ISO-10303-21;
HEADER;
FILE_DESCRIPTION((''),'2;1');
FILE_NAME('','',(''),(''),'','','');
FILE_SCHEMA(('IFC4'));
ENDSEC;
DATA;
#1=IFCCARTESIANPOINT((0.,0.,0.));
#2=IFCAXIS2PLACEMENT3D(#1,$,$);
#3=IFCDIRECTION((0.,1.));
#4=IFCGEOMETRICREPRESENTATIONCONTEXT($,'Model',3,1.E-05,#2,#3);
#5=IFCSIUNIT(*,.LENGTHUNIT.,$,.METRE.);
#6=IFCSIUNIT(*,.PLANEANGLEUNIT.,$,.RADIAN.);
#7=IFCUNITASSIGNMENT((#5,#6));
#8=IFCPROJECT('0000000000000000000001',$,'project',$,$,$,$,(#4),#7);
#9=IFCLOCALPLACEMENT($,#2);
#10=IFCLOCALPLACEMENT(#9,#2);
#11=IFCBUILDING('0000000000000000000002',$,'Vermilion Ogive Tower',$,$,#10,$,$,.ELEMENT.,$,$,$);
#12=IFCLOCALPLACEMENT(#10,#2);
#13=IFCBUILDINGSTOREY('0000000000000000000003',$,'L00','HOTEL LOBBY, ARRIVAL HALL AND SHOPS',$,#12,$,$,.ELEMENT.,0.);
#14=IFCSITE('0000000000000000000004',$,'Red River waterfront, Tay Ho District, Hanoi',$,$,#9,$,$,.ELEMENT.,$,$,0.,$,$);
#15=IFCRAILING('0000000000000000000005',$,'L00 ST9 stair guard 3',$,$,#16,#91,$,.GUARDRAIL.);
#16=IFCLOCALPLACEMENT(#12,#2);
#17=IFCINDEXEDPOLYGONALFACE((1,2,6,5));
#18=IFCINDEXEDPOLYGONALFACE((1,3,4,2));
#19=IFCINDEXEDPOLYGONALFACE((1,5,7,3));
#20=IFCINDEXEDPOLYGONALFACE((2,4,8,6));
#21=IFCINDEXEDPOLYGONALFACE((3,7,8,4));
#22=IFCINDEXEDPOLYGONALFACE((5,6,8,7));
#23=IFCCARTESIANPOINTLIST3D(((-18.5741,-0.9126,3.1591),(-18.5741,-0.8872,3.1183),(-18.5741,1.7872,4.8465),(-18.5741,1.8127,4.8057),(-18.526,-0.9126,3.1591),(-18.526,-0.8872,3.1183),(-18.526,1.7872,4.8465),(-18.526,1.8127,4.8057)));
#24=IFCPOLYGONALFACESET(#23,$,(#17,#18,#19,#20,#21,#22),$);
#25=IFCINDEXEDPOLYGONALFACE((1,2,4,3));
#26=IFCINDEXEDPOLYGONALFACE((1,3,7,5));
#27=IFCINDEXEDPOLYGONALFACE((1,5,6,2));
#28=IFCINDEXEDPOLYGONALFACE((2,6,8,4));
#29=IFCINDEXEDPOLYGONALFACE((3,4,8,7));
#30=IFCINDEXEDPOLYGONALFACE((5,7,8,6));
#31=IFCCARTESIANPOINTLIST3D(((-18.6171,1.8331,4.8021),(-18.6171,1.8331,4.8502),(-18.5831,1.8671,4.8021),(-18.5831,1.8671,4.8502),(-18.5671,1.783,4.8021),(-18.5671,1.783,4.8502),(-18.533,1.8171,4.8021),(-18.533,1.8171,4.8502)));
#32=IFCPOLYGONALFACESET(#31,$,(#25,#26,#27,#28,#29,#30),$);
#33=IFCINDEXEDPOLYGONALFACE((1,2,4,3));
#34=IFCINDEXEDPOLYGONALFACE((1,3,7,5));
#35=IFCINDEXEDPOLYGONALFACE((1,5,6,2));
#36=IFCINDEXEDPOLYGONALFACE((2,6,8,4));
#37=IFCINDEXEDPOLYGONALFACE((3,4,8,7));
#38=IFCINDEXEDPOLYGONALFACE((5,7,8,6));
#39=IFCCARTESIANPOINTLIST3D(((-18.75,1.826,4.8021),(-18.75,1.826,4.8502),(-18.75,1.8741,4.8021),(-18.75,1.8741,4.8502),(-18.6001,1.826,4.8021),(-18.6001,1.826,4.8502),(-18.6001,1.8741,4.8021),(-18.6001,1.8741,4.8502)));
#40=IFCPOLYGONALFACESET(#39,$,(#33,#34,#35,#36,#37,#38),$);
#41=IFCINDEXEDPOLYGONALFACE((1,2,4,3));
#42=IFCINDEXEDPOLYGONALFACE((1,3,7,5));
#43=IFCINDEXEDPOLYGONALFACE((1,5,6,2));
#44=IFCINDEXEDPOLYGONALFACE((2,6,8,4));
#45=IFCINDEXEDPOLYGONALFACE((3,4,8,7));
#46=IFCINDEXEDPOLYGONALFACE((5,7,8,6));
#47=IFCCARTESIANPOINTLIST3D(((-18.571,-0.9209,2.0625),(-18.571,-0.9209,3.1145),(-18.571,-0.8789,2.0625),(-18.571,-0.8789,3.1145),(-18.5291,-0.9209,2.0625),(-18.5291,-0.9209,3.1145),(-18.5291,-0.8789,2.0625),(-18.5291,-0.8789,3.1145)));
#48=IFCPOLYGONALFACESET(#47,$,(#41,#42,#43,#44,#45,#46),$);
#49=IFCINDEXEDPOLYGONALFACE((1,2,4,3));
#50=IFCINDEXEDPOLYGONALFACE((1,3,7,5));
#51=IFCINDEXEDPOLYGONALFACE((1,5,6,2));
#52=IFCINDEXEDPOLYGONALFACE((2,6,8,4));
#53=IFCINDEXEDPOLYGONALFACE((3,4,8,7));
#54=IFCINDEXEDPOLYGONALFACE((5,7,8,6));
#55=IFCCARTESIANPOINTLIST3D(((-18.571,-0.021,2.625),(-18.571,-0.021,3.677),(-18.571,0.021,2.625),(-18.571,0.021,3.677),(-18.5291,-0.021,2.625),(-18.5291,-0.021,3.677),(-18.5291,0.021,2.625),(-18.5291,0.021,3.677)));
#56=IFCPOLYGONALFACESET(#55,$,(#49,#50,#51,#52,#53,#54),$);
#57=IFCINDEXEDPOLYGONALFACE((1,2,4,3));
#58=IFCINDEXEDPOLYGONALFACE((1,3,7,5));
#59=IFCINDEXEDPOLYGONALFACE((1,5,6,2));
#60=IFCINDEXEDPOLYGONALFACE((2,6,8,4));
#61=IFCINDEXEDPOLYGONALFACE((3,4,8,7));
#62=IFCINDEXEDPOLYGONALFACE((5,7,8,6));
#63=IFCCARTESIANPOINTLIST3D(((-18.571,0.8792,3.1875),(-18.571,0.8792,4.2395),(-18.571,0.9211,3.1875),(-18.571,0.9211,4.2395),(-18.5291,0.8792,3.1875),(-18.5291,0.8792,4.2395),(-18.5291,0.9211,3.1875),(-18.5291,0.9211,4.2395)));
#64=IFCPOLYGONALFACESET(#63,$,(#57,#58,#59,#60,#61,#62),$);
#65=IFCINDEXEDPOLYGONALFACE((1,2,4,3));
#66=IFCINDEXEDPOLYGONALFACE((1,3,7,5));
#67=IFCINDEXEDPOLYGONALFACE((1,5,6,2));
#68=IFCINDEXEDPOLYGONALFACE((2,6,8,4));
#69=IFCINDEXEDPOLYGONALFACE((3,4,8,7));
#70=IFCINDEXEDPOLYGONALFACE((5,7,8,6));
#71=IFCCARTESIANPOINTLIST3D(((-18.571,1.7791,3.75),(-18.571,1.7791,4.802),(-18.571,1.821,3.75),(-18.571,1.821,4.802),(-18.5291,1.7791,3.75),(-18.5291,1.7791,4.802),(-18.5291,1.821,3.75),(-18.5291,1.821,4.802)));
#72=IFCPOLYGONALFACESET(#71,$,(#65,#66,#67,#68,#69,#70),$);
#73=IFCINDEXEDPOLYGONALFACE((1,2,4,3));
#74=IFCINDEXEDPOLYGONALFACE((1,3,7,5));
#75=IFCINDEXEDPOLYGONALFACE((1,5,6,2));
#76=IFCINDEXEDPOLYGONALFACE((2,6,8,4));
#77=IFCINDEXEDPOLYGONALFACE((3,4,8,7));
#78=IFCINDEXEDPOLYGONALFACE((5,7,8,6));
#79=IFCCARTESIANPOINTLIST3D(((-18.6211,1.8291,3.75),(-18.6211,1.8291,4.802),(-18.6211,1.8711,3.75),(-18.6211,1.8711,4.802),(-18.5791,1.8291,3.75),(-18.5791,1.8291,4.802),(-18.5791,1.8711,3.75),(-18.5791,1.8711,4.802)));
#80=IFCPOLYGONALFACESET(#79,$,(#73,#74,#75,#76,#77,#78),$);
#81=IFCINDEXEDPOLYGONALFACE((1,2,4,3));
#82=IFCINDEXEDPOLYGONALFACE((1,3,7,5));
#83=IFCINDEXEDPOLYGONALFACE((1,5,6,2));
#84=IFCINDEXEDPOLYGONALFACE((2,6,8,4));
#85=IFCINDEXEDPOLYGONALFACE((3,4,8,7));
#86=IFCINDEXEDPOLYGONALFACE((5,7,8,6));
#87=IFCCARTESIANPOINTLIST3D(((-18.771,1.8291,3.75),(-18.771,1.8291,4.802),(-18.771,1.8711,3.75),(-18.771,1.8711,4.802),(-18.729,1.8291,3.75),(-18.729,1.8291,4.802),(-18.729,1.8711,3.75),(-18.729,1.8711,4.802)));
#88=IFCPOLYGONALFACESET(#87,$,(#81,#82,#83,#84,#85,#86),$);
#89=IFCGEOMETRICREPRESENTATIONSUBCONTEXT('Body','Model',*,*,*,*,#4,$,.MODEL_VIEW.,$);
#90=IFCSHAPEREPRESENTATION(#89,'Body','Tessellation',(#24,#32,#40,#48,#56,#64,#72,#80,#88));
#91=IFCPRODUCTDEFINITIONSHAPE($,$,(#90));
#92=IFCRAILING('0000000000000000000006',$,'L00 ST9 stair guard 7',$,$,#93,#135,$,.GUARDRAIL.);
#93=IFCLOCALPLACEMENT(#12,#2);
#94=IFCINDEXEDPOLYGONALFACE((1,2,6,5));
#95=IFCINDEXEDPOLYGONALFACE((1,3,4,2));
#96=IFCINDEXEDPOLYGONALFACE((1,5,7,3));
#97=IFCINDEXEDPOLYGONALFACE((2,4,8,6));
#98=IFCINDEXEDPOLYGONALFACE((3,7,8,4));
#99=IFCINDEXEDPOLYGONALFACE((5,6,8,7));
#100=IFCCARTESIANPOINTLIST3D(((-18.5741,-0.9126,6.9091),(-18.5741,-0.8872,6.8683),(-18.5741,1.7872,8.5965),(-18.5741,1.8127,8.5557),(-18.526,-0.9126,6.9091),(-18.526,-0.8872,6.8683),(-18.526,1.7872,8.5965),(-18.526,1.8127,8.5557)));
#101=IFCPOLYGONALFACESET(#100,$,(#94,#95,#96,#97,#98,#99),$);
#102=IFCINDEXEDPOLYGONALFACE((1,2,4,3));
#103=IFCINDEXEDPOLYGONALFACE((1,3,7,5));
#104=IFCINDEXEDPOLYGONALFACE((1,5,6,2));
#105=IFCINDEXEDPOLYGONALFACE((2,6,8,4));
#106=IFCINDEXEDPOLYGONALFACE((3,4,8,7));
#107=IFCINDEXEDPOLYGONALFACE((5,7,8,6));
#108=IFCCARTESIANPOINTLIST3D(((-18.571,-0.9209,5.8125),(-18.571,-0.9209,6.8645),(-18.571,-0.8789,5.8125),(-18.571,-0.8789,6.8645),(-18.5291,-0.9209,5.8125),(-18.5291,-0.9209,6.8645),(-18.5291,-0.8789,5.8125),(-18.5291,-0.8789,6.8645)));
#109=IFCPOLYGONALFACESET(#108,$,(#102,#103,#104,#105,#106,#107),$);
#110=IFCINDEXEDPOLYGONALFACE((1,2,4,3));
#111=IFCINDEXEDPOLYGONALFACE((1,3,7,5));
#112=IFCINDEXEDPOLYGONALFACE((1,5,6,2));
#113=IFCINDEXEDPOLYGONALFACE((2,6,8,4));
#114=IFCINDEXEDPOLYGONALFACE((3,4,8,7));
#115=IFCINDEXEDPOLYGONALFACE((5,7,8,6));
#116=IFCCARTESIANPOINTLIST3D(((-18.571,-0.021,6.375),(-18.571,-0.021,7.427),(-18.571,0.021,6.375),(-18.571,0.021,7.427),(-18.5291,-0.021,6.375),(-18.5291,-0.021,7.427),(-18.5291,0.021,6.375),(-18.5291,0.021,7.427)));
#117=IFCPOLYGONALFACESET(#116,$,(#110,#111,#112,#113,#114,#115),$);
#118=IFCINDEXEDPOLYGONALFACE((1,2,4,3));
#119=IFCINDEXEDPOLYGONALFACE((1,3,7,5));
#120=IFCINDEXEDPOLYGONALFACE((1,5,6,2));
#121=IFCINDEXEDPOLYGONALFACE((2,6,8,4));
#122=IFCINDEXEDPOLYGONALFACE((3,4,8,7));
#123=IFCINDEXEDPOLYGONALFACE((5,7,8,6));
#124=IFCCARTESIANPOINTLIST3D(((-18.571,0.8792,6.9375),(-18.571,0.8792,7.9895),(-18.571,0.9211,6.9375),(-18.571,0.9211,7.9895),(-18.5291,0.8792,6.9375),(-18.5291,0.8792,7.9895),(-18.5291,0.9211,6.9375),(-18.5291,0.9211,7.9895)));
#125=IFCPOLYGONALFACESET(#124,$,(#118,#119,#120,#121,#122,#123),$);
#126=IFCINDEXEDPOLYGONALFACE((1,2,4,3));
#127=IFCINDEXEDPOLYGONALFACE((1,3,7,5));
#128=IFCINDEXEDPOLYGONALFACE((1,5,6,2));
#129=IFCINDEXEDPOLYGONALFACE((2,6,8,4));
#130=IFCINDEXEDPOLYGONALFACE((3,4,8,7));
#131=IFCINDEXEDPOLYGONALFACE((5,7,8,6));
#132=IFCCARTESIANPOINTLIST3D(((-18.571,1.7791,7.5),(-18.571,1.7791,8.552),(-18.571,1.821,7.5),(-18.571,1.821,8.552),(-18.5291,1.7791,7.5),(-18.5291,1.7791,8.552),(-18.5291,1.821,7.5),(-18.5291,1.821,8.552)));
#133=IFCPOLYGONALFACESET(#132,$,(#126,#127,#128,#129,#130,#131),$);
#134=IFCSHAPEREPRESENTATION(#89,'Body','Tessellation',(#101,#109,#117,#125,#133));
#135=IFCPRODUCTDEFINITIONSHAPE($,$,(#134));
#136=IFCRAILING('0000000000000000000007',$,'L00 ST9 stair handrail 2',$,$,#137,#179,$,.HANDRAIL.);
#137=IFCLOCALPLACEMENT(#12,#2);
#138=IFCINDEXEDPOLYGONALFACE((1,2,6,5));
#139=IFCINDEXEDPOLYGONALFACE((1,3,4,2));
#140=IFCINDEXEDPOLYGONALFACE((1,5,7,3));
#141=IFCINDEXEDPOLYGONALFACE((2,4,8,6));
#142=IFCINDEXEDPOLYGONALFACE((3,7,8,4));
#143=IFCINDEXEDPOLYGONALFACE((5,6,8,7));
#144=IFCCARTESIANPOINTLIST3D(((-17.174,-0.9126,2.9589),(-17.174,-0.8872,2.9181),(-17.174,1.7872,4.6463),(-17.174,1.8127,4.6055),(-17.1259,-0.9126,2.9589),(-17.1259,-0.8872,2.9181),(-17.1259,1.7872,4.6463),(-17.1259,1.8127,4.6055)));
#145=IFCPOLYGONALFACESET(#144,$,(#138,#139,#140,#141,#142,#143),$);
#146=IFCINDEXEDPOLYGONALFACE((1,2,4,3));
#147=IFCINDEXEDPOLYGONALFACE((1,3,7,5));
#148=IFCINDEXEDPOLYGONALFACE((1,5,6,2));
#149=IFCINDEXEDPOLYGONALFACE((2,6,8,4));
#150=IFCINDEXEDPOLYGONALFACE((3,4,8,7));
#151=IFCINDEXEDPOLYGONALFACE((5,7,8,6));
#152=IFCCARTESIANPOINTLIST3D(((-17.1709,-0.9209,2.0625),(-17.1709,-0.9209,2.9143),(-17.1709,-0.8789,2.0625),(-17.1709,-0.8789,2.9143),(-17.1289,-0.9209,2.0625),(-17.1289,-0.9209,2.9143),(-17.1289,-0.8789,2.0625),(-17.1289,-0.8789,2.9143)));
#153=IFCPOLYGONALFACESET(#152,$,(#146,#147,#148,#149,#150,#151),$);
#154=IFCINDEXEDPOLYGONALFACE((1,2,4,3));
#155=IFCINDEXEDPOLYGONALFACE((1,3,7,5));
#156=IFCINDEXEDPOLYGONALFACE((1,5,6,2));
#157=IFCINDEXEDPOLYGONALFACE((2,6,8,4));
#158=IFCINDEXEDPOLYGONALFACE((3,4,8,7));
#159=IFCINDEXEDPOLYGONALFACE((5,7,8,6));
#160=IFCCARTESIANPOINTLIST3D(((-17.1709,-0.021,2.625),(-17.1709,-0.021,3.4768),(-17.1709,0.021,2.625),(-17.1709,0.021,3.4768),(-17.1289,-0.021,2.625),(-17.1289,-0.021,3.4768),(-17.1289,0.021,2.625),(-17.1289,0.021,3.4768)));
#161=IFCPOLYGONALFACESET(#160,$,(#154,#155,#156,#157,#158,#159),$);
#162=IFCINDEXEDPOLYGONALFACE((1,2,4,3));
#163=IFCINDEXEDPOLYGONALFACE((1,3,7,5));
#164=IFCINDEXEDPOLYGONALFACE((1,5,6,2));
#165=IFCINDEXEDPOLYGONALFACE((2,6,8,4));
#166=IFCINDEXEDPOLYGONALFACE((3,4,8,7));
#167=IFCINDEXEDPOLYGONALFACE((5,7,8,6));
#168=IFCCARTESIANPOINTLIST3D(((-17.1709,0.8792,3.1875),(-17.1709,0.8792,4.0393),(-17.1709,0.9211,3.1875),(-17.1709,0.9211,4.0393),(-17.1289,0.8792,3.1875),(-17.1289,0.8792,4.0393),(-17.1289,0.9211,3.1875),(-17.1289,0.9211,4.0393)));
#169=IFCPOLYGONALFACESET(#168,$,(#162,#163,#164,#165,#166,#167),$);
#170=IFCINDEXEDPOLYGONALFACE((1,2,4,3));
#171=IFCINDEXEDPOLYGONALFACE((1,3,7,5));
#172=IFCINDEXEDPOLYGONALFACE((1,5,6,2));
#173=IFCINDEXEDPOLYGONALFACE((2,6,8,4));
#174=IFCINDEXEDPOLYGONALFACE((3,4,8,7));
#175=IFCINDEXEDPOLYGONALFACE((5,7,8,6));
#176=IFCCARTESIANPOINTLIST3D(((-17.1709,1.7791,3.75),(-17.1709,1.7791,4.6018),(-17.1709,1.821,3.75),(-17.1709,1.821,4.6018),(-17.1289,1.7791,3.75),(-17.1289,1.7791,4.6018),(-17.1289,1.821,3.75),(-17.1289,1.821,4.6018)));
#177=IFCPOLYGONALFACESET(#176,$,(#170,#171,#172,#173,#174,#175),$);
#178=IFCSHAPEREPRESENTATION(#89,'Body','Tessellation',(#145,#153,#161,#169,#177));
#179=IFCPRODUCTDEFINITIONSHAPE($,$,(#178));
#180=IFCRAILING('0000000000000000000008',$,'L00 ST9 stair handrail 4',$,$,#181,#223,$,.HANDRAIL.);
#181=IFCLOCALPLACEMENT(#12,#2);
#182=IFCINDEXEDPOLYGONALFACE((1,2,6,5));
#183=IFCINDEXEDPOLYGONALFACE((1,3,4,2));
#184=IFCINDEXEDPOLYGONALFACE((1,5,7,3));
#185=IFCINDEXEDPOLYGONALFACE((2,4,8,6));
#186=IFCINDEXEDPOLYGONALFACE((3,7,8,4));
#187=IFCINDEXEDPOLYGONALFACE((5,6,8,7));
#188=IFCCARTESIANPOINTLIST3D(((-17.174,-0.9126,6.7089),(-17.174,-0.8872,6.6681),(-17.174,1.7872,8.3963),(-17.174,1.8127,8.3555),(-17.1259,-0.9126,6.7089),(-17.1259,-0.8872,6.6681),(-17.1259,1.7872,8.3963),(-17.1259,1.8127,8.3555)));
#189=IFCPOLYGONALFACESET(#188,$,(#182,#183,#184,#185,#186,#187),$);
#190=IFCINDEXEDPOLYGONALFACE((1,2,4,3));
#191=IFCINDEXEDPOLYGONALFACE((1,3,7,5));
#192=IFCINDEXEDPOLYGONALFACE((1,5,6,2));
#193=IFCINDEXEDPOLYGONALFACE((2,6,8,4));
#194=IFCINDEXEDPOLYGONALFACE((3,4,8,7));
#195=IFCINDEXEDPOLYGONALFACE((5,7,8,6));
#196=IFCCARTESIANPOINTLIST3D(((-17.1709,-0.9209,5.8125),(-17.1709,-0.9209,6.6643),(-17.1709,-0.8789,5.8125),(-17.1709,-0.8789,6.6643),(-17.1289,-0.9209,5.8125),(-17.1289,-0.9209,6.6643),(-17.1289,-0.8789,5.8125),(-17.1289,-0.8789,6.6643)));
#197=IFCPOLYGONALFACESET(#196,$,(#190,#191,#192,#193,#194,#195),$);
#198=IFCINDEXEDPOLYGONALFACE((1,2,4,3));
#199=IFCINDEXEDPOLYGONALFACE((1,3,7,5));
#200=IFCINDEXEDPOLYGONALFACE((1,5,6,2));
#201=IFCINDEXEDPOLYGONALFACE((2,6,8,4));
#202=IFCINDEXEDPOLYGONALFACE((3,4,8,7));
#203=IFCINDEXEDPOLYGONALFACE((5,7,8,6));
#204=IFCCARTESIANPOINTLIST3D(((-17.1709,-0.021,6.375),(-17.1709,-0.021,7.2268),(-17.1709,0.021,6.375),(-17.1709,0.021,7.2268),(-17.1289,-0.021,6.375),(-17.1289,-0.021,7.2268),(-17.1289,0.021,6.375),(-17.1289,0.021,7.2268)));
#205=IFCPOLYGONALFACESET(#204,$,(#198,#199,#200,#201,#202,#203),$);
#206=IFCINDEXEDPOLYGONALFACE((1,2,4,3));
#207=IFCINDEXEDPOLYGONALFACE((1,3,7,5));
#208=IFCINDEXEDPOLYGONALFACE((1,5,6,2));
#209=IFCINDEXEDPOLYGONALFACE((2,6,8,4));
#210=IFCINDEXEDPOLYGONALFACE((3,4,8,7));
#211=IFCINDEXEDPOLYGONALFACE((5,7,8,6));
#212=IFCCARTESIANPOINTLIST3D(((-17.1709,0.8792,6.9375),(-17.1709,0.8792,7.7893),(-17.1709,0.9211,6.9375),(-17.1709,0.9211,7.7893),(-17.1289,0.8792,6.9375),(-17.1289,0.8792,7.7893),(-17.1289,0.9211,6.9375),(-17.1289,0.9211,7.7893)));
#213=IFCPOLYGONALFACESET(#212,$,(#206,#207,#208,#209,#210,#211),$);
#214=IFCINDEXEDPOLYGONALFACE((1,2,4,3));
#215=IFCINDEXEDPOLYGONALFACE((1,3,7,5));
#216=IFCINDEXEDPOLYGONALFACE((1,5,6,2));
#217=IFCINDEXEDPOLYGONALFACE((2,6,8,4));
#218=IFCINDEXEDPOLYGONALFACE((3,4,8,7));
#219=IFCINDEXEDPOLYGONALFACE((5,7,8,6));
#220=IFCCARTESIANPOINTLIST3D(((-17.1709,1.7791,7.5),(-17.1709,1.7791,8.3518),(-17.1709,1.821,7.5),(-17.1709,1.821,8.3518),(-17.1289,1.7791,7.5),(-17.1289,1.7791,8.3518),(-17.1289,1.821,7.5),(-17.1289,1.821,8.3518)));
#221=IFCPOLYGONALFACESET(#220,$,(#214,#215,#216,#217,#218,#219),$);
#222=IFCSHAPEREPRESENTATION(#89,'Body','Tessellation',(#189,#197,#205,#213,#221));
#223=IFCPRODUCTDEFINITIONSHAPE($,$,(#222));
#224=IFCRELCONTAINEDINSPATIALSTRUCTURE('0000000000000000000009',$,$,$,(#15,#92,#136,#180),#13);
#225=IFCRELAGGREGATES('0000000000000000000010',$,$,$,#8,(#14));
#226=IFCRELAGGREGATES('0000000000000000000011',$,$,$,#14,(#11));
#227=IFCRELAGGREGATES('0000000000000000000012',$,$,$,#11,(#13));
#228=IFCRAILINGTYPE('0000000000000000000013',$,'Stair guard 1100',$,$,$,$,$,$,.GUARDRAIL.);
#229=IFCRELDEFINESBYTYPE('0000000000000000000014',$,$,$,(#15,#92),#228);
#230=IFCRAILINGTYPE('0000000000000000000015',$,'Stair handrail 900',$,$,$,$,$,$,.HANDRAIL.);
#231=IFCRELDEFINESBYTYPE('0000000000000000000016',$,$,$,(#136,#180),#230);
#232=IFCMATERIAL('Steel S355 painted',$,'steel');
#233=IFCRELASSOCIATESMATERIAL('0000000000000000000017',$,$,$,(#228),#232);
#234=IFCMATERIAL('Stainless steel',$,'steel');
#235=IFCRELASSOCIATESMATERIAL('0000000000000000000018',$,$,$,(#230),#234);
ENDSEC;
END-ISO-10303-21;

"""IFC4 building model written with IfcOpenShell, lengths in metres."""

from ifc_helpers import new_model, si_unit, direction, frame, origin, origin_2d, place, context, subcontext, project, spatial, rectangle, extrude, material, type_object, element, save


model = new_model("IFC4")

# Units and contexts
model_context = context("Model", 3, precision=1e-05, world=origin(), true_north=direction((0.0, 1.0)))
body_context = subcontext(model_context, "Body", "Model", "MODEL_VIEW")
ifc_project = project(units=[si_unit("LENGTHUNIT", "METRE"), si_unit("PLANEANGLEUNIT", "RADIAN")], contexts=[model_context])

# Site, building, storey
site_placement = place(None, origin())
site = spatial("IfcSite", under=ifc_project, at=site_placement, Name="Red River waterfront, Tay Ho District, Hanoi", CompositionType="ELEMENT", RefElevation=0.0)
building_placement = place(site_placement, origin())
building = spatial("IfcBuilding", under=site, at=building_placement, Name="Vermilion Ogive Tower", CompositionType="ELEMENT")
storey_placement = place(building_placement, origin())
storey = spatial("IfcBuildingStorey", under=building, at=storey_placement, Name="L00", Description="HOTEL LOBBY, ARRIVAL HALL AND SHOPS", CompositionType="ELEMENT", Elevation=0.0)

# Railings
ifc_material_1 = material(Name="Steel S355 painted", Category="steel")
railing_type_1 = type_object("IfcRailingType", Name="Stair guard 1100", PredefinedType="GUARDRAIL", material=ifc_material_1)
railing_1_placement = place(storey_placement, frame((-18.55, -0.8999, 2.0625)))
element("IfcRailing", 1, at=railing_1_placement, inside=storey, type_object=railing_type_1, Name="L00 ST9 stair guard 3", PredefinedType="GUARDRAIL", context=body_context, shape_type="SweptSolid", body=[
    extrude(rectangle(XDim=0.0481, YDim=0.0481, at=origin_2d()), frame((0.0, 0.0, 1.0762), z_axis=(0.0, 0.847994, 0.530006), x_axis=(-1.0, 0.0, 0.0)), (0.0, 0.0, 1.0), 3.1838),
    extrude(rectangle(XDim=0.0481, YDim=0.0481, at=origin_2d()), frame((0.0, 2.7, 2.7637), z_axis=(-0.707107, 0.707107, 0.0), x_axis=(-0.707107, -0.707107, 0.0)), (0.0, 0.0, 1.0), 0.0708),
    extrude(rectangle(XDim=0.0481, YDim=0.0481, at=origin_2d()), frame((-0.05, 2.75, 2.7637), z_axis=(-1.0, 0.0, 0.0), x_axis=(0.0, -1.0, 0.0)), (0.0, 0.0, 1.0), 0.1499),
    extrude(rectangle(XDim=0.042, YDim=0.042, at=origin_2d()), origin(), (0.0, 0.0, 1.0), 1.052),
    extrude(rectangle(XDim=0.042, YDim=0.042, at=origin_2d()), frame((0.0, 0.8999, 0.5625)), (0.0, 0.0, 1.0), 1.052),
    extrude(rectangle(XDim=0.042, YDim=0.042, at=origin_2d()), frame((0.0, 1.8, 1.125)), (0.0, 0.0, 1.0), 1.052),
    extrude(rectangle(XDim=0.042, YDim=0.042, at=origin_2d()), frame((0.0, 2.7, 1.6875)), (0.0, 0.0, 1.0), 1.052),
    extrude(rectangle(XDim=0.042, YDim=0.042, at=origin_2d()), frame((-0.05, 2.75, 1.6875)), (0.0, 0.0, 1.0), 1.052),
    extrude(rectangle(XDim=0.042, YDim=0.042, at=origin_2d()), frame((-0.2, 2.75, 1.6875)), (0.0, 0.0, 1.0), 1.052),
])
railing_2_placement = place(storey_placement, frame((-18.55, -0.8999, 5.8125)))
element("IfcRailing", 2, at=railing_2_placement, inside=storey, type_object=railing_type_1, Name="L00 ST9 stair guard 7", PredefinedType="GUARDRAIL", context=body_context, shape_type="SweptSolid", body=[
    extrude(rectangle(XDim=0.0481, YDim=0.0481, at=origin_2d()), frame((0.0, 0.0, 1.0762), z_axis=(0.0, 0.847994, 0.530006), x_axis=(-1.0, 0.0, 0.0)), (0.0, 0.0, 1.0), 3.1838),
    extrude(rectangle(XDim=0.042, YDim=0.042, at=origin_2d()), origin(), (0.0, 0.0, 1.0), 1.052),
    extrude(rectangle(XDim=0.042, YDim=0.042, at=origin_2d()), frame((0.0, 0.8999, 0.5625)), (0.0, 0.0, 1.0), 1.052),
    extrude(rectangle(XDim=0.042, YDim=0.042, at=origin_2d()), frame((0.0, 1.8, 1.125)), (0.0, 0.0, 1.0), 1.052),
    extrude(rectangle(XDim=0.042, YDim=0.042, at=origin_2d()), frame((0.0, 2.7, 1.6875)), (0.0, 0.0, 1.0), 1.052),
])
ifc_material_2 = material(Name="Stainless steel", Category="steel")
railing_type_2 = type_object("IfcRailingType", Name="Stair handrail 900", PredefinedType="HANDRAIL", material=ifc_material_2)
for number, where, name in (
    (3, (-17.1499, -0.8999, 2.0625), "L00 ST9 stair handrail 2"),
    (4, (-17.1499, -0.8999, 5.8125), "L00 ST9 stair handrail 4"),
):
    element("IfcRailing", number, at=place(storey_placement, frame(where)), inside=storey, type_object=railing_type_2, Name=name, PredefinedType="HANDRAIL", context=body_context, shape_type="SweptSolid", body=[
        extrude(rectangle(XDim=0.0481, YDim=0.0481, at=origin_2d()), frame((0.0, 0.0, 0.876), z_axis=(0.0, 0.847994, 0.530006), x_axis=(-1.0, 0.0, 0.0)), (0.0, 0.0, 1.0), 3.1838),
        extrude(rectangle(XDim=0.042, YDim=0.042, at=origin_2d()), origin(), (0.0, 0.0, 1.0), 0.8518),
        extrude(rectangle(XDim=0.042, YDim=0.042, at=origin_2d()), frame((0.0, 0.8999, 0.5625)), (0.0, 0.0, 1.0), 0.8518),
        extrude(rectangle(XDim=0.042, YDim=0.042, at=origin_2d()), frame((0.0, 1.8, 1.125)), (0.0, 0.0, 1.0), 0.8518),
        extrude(rectangle(XDim=0.042, YDim=0.042, at=origin_2d()), frame((0.0, 2.7, 1.6875)), (0.0, 0.0, 1.0), 0.8518),
    ])

save(model, "model.ifc")
